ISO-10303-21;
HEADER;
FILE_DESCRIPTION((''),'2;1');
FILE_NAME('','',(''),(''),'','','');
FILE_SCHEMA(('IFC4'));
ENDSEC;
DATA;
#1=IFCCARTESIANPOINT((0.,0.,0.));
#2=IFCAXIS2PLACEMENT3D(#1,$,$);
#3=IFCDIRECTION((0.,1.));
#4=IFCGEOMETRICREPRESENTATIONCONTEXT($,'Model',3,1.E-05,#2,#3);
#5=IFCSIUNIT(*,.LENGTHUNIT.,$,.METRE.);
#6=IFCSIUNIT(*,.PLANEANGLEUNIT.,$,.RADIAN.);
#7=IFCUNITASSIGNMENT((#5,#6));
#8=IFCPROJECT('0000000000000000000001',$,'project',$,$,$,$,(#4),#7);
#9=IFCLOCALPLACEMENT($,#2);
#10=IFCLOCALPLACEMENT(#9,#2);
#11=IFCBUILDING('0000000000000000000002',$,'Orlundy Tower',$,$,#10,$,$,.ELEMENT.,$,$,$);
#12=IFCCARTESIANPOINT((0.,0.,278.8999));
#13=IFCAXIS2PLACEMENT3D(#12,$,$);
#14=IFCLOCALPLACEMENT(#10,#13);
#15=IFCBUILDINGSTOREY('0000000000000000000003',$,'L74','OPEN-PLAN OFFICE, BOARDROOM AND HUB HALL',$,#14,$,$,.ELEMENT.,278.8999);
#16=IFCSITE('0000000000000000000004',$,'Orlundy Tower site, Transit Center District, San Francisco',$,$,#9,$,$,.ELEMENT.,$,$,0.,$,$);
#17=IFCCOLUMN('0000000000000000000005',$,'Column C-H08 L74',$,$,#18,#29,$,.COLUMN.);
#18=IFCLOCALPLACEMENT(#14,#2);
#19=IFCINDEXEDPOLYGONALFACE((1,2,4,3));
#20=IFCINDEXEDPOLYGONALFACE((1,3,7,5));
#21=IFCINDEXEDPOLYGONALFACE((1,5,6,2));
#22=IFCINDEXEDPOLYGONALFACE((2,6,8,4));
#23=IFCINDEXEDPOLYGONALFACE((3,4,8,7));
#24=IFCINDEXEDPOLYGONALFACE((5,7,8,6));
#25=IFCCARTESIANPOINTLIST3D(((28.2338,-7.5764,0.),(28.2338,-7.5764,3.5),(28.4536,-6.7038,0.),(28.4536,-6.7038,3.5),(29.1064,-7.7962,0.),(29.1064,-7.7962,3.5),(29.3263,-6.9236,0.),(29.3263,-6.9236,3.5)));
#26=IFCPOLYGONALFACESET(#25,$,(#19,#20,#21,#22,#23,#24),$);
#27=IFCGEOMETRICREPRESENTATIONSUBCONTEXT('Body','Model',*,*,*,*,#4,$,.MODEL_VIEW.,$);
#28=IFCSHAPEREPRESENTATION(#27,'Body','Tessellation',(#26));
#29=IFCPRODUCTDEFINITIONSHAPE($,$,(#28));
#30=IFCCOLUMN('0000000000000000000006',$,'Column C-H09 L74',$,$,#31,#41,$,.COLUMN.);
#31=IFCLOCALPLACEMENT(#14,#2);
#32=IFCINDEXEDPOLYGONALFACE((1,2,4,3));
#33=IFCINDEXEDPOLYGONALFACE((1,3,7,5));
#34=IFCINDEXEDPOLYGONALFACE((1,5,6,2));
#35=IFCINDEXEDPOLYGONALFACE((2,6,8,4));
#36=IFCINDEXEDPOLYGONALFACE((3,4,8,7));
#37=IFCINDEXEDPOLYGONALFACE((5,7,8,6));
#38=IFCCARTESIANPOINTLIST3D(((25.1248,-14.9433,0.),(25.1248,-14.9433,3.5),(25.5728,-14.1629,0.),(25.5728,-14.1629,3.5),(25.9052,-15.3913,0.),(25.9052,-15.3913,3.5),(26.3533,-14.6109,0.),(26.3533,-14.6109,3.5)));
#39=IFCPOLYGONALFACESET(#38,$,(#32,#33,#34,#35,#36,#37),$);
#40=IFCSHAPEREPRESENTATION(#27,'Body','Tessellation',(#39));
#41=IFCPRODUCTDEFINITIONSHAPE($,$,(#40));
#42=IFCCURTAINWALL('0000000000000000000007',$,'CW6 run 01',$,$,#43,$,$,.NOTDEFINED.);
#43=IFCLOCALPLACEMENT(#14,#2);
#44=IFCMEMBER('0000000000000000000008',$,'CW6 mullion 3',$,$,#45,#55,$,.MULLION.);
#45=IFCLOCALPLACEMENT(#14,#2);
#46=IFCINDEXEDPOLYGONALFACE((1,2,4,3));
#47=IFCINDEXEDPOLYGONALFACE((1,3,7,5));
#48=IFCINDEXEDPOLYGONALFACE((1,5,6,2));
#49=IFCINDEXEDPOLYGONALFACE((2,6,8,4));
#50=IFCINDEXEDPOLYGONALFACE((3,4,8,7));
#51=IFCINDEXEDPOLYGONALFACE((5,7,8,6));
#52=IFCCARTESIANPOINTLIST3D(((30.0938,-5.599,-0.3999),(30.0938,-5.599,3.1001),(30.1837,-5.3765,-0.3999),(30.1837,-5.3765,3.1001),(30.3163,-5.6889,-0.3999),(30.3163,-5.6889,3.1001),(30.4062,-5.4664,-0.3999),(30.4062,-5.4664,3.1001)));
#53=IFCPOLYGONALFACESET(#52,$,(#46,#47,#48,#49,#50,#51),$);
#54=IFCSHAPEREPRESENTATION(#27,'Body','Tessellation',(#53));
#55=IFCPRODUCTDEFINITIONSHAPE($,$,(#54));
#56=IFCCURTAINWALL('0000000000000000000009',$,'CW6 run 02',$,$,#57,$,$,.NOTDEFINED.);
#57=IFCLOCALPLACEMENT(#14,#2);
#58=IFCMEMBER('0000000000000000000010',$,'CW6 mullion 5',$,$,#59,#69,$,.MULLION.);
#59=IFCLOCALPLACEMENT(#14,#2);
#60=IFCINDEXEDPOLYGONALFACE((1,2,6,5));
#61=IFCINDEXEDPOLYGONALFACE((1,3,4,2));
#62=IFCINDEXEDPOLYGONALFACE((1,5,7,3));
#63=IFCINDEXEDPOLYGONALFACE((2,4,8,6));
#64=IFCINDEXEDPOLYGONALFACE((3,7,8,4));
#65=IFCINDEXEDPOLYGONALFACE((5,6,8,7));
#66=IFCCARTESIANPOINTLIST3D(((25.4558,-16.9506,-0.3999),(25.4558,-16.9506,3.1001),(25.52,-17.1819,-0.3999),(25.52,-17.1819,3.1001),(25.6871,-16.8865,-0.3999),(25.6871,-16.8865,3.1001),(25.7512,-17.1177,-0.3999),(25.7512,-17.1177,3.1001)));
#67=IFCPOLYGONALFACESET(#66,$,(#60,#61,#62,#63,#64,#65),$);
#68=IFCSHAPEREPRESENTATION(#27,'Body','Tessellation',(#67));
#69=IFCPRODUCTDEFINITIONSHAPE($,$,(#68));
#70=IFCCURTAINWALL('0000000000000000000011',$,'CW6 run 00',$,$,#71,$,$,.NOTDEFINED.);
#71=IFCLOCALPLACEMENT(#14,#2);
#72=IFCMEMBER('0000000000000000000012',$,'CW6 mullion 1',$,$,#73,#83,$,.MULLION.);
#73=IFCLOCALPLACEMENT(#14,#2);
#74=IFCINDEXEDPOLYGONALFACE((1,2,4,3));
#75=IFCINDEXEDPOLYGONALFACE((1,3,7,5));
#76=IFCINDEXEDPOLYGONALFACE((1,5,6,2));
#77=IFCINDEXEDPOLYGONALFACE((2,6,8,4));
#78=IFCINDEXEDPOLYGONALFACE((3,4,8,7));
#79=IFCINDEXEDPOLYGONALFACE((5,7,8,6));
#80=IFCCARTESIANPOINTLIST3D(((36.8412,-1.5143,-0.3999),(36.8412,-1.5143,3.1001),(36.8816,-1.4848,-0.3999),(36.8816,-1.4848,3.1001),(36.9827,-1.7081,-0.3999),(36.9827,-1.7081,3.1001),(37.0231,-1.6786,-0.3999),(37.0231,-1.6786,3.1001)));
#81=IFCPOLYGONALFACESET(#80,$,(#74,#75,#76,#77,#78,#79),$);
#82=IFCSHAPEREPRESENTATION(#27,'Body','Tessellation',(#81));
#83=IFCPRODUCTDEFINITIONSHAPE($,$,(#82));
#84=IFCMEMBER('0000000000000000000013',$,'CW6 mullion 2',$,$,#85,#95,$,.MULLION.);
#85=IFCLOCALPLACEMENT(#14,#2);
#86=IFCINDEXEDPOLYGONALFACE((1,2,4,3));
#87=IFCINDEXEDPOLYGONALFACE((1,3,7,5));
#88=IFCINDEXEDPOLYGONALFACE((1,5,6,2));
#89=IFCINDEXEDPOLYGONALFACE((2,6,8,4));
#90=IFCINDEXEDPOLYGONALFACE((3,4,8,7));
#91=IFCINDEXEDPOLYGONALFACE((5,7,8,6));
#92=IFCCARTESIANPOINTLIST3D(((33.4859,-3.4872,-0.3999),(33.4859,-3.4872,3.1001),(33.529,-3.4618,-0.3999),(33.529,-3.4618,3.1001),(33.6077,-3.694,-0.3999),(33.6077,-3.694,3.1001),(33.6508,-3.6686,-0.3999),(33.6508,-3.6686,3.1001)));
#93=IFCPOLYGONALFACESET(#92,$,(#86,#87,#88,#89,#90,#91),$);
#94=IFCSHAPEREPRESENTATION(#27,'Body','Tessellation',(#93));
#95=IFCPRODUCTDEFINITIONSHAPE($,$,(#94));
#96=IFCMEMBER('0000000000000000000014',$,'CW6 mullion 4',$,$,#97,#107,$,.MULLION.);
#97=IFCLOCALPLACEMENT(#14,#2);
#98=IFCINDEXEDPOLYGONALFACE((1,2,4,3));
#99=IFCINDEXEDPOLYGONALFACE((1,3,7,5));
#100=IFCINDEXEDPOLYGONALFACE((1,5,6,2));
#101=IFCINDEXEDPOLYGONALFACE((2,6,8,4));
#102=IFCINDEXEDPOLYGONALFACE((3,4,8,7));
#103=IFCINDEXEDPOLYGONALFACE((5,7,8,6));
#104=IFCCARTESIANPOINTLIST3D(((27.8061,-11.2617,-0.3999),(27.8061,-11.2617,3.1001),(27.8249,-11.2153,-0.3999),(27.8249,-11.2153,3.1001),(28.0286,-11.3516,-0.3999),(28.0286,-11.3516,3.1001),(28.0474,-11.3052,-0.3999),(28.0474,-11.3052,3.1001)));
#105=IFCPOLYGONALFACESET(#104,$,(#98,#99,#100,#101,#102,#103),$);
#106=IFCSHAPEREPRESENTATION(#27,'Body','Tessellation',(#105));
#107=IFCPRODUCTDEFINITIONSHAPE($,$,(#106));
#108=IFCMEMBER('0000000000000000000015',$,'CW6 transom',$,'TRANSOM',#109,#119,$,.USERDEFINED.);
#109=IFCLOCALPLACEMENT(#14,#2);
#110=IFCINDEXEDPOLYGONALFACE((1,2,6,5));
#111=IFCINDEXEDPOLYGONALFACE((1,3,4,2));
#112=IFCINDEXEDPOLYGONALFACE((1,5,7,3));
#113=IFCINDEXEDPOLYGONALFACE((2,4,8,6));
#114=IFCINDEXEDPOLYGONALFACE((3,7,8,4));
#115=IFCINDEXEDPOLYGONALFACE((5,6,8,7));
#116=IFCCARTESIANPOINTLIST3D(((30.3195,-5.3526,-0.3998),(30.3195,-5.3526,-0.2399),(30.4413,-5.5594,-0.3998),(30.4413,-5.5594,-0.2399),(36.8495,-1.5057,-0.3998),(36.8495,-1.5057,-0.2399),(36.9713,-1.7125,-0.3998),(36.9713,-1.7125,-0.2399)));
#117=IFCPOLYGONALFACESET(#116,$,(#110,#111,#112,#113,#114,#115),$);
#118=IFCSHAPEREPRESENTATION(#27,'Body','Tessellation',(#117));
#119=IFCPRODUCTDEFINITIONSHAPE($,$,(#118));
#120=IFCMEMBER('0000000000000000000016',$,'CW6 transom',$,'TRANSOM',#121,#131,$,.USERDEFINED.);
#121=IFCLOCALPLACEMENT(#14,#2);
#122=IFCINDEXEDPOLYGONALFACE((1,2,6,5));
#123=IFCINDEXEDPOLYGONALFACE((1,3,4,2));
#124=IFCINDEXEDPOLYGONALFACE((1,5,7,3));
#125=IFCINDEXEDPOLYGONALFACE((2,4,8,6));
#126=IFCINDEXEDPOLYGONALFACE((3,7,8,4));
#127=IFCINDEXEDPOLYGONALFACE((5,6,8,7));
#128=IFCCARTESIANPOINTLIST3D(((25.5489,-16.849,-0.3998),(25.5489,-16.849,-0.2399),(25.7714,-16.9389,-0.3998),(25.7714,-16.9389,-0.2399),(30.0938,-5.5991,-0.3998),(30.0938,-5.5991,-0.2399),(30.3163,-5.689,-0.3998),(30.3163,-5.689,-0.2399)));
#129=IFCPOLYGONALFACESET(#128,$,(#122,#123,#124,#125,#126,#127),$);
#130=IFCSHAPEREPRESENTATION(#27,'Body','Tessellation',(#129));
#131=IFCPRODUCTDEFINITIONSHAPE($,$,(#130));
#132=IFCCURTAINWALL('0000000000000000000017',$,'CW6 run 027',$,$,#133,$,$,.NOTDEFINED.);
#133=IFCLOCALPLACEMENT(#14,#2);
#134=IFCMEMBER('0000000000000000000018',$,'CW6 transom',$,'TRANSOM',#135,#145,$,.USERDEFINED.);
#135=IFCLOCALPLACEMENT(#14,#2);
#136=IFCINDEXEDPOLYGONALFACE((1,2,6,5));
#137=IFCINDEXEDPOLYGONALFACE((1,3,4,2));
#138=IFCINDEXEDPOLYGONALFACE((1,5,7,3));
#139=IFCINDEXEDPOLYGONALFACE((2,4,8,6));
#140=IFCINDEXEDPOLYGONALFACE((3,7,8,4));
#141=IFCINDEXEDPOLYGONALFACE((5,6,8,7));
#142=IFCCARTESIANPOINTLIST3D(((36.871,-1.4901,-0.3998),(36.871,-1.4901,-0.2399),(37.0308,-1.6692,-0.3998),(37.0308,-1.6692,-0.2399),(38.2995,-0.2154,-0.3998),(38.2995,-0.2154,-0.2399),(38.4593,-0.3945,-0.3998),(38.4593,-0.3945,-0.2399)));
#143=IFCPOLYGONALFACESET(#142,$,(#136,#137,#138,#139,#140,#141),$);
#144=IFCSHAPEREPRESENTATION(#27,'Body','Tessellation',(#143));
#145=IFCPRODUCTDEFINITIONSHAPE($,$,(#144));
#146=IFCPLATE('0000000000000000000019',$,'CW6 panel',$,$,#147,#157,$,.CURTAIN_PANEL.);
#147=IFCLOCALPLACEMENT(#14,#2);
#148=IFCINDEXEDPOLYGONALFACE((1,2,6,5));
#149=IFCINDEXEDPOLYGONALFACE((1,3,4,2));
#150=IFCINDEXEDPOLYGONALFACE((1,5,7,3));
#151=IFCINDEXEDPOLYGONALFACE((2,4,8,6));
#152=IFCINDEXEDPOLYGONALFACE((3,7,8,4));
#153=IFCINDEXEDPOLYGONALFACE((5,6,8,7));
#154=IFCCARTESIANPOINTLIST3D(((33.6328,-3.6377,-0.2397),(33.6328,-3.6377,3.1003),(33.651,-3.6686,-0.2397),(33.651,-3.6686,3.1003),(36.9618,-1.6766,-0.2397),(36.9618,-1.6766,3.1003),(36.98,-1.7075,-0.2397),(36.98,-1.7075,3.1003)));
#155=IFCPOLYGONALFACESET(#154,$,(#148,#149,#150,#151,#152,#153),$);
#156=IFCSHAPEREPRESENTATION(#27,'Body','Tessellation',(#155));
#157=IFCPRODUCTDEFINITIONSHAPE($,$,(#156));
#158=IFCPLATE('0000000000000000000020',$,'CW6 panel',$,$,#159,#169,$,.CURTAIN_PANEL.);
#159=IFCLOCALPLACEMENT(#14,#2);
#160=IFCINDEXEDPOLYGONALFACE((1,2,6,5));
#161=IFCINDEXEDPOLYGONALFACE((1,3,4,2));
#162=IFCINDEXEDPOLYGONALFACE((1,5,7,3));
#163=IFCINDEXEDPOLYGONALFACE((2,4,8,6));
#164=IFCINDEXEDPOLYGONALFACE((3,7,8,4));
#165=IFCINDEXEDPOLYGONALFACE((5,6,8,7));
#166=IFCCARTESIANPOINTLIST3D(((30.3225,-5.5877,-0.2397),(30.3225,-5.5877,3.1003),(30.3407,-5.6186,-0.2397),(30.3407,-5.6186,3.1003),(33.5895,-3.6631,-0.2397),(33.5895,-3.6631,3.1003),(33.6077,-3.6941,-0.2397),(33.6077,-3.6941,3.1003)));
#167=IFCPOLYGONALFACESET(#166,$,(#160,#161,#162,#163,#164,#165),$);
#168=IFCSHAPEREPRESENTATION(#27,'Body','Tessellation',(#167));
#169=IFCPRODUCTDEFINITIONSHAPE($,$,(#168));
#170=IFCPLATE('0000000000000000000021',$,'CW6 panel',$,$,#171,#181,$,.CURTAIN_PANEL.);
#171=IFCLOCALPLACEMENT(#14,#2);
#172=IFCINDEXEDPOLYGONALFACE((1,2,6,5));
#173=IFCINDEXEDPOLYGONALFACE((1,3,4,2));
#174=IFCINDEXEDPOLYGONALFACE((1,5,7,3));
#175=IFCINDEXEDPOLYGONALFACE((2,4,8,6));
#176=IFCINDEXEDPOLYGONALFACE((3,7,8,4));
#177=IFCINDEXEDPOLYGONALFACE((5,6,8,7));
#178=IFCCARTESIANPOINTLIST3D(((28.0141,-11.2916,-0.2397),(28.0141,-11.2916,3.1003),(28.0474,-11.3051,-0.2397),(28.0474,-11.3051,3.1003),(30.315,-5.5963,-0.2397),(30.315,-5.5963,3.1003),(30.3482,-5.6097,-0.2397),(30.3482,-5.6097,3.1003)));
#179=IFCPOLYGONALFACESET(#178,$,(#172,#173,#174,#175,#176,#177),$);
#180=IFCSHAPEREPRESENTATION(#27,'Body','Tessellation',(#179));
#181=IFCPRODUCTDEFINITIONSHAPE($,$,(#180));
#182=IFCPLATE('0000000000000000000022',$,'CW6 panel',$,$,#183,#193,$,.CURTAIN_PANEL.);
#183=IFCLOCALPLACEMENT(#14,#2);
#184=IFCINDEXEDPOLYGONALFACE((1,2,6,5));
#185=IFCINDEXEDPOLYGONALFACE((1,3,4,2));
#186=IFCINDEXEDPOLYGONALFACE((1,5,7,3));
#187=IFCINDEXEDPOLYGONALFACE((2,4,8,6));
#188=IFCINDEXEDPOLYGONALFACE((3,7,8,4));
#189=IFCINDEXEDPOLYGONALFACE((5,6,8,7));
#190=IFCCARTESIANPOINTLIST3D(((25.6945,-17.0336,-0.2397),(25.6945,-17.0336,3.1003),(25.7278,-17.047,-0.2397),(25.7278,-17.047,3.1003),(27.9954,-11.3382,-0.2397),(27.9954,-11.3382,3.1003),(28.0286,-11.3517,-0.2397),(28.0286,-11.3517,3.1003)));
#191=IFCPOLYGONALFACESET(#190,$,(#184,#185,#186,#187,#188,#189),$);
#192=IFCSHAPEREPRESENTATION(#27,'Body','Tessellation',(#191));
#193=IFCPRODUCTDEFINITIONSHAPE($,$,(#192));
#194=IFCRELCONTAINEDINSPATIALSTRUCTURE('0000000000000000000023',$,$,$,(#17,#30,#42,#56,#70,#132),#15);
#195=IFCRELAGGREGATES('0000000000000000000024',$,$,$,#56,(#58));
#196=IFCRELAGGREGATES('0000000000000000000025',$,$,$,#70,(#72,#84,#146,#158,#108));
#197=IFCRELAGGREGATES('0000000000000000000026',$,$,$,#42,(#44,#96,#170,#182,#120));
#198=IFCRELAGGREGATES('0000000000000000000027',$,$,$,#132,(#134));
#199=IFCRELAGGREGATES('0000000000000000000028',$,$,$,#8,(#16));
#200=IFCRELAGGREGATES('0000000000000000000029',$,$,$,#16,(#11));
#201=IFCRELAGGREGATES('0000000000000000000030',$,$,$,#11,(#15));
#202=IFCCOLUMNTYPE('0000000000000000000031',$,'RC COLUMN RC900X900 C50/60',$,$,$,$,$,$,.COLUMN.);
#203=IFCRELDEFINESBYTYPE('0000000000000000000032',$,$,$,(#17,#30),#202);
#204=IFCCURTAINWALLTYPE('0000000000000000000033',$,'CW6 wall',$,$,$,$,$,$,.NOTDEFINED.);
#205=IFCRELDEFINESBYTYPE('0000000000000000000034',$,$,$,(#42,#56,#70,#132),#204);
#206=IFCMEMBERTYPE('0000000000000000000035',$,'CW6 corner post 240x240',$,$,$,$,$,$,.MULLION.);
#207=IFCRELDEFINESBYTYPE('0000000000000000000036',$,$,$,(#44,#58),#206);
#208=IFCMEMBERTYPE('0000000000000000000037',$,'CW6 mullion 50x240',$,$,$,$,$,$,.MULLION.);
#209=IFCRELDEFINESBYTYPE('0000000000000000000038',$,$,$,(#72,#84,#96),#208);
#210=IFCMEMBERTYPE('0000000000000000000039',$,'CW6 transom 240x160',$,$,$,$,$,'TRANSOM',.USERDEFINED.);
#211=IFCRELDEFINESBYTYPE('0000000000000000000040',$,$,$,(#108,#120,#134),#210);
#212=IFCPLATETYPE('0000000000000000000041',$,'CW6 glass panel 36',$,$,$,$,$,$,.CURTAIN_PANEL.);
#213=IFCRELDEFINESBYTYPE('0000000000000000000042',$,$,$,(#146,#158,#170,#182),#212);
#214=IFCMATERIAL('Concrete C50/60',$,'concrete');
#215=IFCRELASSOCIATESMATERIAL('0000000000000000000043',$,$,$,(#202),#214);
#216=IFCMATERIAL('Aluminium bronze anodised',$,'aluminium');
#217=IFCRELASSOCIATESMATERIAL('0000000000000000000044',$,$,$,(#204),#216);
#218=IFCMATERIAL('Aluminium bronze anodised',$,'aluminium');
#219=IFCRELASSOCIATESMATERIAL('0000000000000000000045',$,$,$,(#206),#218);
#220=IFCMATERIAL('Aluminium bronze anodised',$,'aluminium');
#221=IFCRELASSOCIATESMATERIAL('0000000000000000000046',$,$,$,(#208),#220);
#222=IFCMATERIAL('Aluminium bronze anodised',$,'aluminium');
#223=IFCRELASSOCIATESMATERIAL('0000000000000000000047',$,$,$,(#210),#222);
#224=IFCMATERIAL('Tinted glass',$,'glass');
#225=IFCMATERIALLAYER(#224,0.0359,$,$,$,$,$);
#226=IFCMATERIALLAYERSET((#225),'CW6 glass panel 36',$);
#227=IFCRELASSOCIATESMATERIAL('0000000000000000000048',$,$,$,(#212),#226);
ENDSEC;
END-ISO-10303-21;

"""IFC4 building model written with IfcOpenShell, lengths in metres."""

from ifc_helpers import new_model, si_unit, direction, frame, origin, origin_2d, place, context, subcontext, project, spatial, rectangle, extrude, material, layer, layer_set, material_profile, profile_set, type_object, element, aggregate, save


model = new_model("IFC4")

# Units and contexts
model_context = context("Model", 3, precision=1e-05, world=origin(), true_north=direction((0.0, 1.0)))
body_context = subcontext(model_context, "Body", "Model", "MODEL_VIEW")
ifc_project = project(units=[si_unit("LENGTHUNIT", "METRE"), si_unit("PLANEANGLEUNIT", "RADIAN")], contexts=[model_context])

# Site, building, storey
site_placement = place(None, origin())
site = spatial("IfcSite", under=ifc_project, at=site_placement, Name="Orlundy Tower site, Transit Center District, San Francisco", CompositionType="ELEMENT", RefElevation=0.0)
building_placement = place(site_placement, origin())
building = spatial("IfcBuilding", under=site, at=building_placement, Name="Orlundy Tower", CompositionType="ELEMENT")
storey_placement = place(building_placement, frame((0.0, 0.0, 278.8999)))
storey = spatial("IfcBuildingStorey", under=building, at=storey_placement, Name="L74", Description="OPEN-PLAN OFFICE, BOARDROOM AND HUB HALL", CompositionType="ELEMENT", Elevation=278.8999)

# Columns
ifc_material_1 = material(Name="Concrete C50/60", Category="concrete")
ifc_material_profile_1 = material_profile(ifc_material_1, rectangle(XDim=0.8999, YDim=0.8999, at=origin_2d()), Name="RC900X900")
ifc_profile_set_1 = profile_set([ifc_material_profile_1], Name="Concrete C50/60")
column_type = type_object("IfcColumnType", Name="RC COLUMN RC900X900 C50/60", PredefinedType="COLUMN", material=ifc_profile_set_1)
for number, where, z_axis, x_axis, name in (
    (1, (28.78, -7.25, 0.0), (0.0, 0.0, 1.0), (0.969706, -0.244275, 0.0), "Column C-H08 L74"),
    (2, (25.739, -14.7771, 0.0), (0.0, 0.0, 1.0), (0.867236, -0.497898, 0.0), "Column C-H09 L74"),
):
    element("IfcColumn", number, at=place(storey_placement, frame(where, z_axis=z_axis, x_axis=x_axis)), inside=storey, type_object=column_type, Name=name, PredefinedType="COLUMN", context=body_context, shape_type="SweptSolid", body=[
        extrude(rectangle(XDim=0.8999, YDim=0.8999, at=origin_2d()), origin(), (0.0, 0.0, 1.0), 3.5),
    ])

# Curtain walls, members
ifc_material_2 = material(Name="Aluminium bronze anodised", Category="aluminium")
curtain_wall_type = type_object("IfcCurtainWallType", Name="CW6 wall", PredefinedType="NOTDEFINED", material=ifc_material_2)
curtain_wall_1_placement = place(storey_placement, origin())
curtain_wall_1 = element("IfcCurtainWall", 3, at=curtain_wall_1_placement, inside=storey, type_object=curtain_wall_type, Name="CW6 run 01", PredefinedType="NOTDEFINED")
ifc_material_3 = material(Name="Aluminium bronze anodised", Category="aluminium")
ifc_material_profile_2 = material_profile(ifc_material_3, rectangle(XDim=0.24, YDim=0.24, at=origin_2d()), Name="CW6 corner post 240x240")
ifc_profile_set_2 = profile_set([ifc_material_profile_2], Name="Aluminium bronze anodised")
member_type_1 = type_object("IfcMemberType", Name="CW6 corner post 240x240", PredefinedType="MULLION", material=ifc_profile_set_2)
member_1_placement = place(storey_placement, frame((30.25, -5.5327, -0.3999), z_axis=(0.0, 0.0, 1.0), x_axis=(0.927195, -0.374578, 0.0)))
member_1 = element("IfcMember", 4, at=member_1_placement, type_object=member_type_1, Name="CW6 mullion 3", PredefinedType="MULLION", context=body_context, shape_type="SweptSolid", body=[
    extrude(rectangle(XDim=0.24, YDim=0.24, at=origin_2d()), origin(), (0.0, 0.0, 1.0), 3.5),
])
curtain_wall_2_placement = place(storey_placement, origin())
curtain_wall_2 = element("IfcCurtainWall", 5, at=curtain_wall_2_placement, inside=storey, type_object=curtain_wall_type, Name="CW6 run 02", PredefinedType="NOTDEFINED")
member_2_placement = place(storey_placement, frame((25.6035, -17.0342, -0.3999), z_axis=(0.0, 0.0, 1.0), x_axis=(0.963626, 0.267256, 0.0)))
member_2 = element("IfcMember", 6, at=member_2_placement, type_object=member_type_1, Name="CW6 mullion 5", PredefinedType="MULLION", context=body_context, shape_type="SweptSolid", body=[
    extrude(rectangle(XDim=0.24, YDim=0.24, at=origin_2d()), origin(), (0.0, 0.0, 1.0), 3.5),
])
aggregate(curtain_wall_2, [member_2])

# Curtain wall, members
curtain_wall_3_placement = place(storey_placement, origin())
curtain_wall_3 = element("IfcCurtainWall", 7, at=curtain_wall_3_placement, inside=storey, type_object=curtain_wall_type, Name="CW6 run 00", PredefinedType="NOTDEFINED")
ifc_material_4 = material(Name="Aluminium bronze anodised", Category="aluminium")
ifc_material_profile_3 = material_profile(ifc_material_4, rectangle(XDim=0.24, YDim=0.05, at=origin_2d()), Name="CW6 mullion 50x240")
ifc_profile_set_3 = profile_set([ifc_material_profile_3], Name="Aluminium bronze anodised")
member_type_2 = type_object("IfcMemberType", Name="CW6 mullion 50x240", PredefinedType="MULLION", material=ifc_profile_set_3)
member_3_placement = place(storey_placement, frame((36.9321, -1.5964, -0.3999), z_axis=(0.0, 0.0, 1.0), x_axis=(0.5895, -0.807768, 0.0)))
member_3 = element("IfcMember", 8, at=member_3_placement, type_object=member_type_2, Name="CW6 mullion 1", PredefinedType="MULLION", context=body_context, shape_type="SweptSolid", body=[
    extrude(rectangle(XDim=0.24, YDim=0.05, at=origin_2d()), origin(), (0.0, 0.0, 1.0), 3.5),
])
member_4_placement = place(storey_placement, frame((33.5684, -3.5779, -0.3999), z_axis=(0.0, 0.0, 1.0), x_axis=(0.507565, -0.861614, 0.0)))
member_4 = element("IfcMember", 9, at=member_4_placement, type_object=member_type_2, Name="CW6 mullion 2", PredefinedType="MULLION", context=body_context, shape_type="SweptSolid", body=[
    extrude(rectangle(XDim=0.24, YDim=0.05, at=origin_2d()), origin(), (0.0, 0.0, 1.0), 3.5),
])

# Members
member_5_placement = place(storey_placement, frame((27.9268, -11.2834, -0.3999), z_axis=(0.0, 0.0, 1.0), x_axis=(0.927195, -0.374578, 0.0)))
member_5 = element("IfcMember", 10, at=member_5_placement, type_object=member_type_2, Name="CW6 mullion 4", PredefinedType="MULLION", context=body_context, shape_type="SweptSolid", body=[
    extrude(rectangle(XDim=0.24, YDim=0.05, at=origin_2d()), origin(), (0.0, 0.0, 1.0), 3.5),
])
ifc_material_5 = material(Name="Aluminium bronze anodised", Category="aluminium")
ifc_material_profile_4 = material_profile(ifc_material_5, rectangle(XDim=0.24, YDim=0.1599, at=origin_2d()), Name="CW6 transom 240x160")
ifc_profile_set_4 = profile_set([ifc_material_profile_4], Name="Aluminium bronze anodised")
member_type_3 = type_object("IfcMemberType", Name="CW6 transom 240x160", ElementType="TRANSOM", PredefinedType="USERDEFINED", material=ifc_profile_set_4)
member_6_placement = place(storey_placement, frame((36.9104, -1.6091, -0.3198), z_axis=(-0.861604, -0.507582, 0.0), x_axis=(0.507582, -0.861604, 0.0)))
member_6 = element("IfcMember", 11, at=member_6_placement, type_object=member_type_3, Name="CW6 transom", ObjectType="TRANSOM", PredefinedType="USERDEFINED", context=body_context, shape_type="SweptSolid", body=[
    extrude(rectangle(XDim=0.24, YDim=0.1599, at=origin_2d()), origin(), (0.0, 0.0, 1.0), 7.5789),
])
member_7_placement = place(storey_placement, frame((30.2051, -5.644, -0.3198), z_axis=(-0.37458, -0.927195, 0.0), x_axis=(0.927195, -0.37458, 0.0)))
member_7 = element("IfcMember", 12, at=member_7_placement, type_object=member_type_3, Name="CW6 transom", ObjectType="TRANSOM", PredefinedType="USERDEFINED", context=body_context, shape_type="SweptSolid", body=[
    extrude(rectangle(XDim=0.24, YDim=0.1599, at=origin_2d()), origin(), (0.0, 0.0, 1.0), 12.1333),
])

# Curtain wall, member
curtain_wall_4_placement = place(storey_placement, origin())
curtain_wall_4 = element("IfcCurtainWall", 13, at=curtain_wall_4_placement, inside=storey, type_object=curtain_wall_type, Name="CW6 run 027", PredefinedType="NOTDEFINED")
member_8_placement = place(storey_placement, frame((38.3794, -0.3049, -0.3198), z_axis=(-0.746134, -0.665795, 0.0), x_axis=(0.665795, -0.746134, 0.0)))
member_8 = element("IfcMember", 14, at=member_8_placement, type_object=member_type_3, Name="CW6 transom", ObjectType="TRANSOM", PredefinedType="USERDEFINED", context=body_context, shape_type="SweptSolid", body=[
    extrude(rectangle(XDim=0.24, YDim=0.1599, at=origin_2d()), origin(), (0.0, 0.0, 1.0), 1.9146),
])

# Plates
ifc_material_6 = material(Name="Tinted glass", Category="glass")
ifc_layer_1 = layer(ifc_material_6, 0.0359)
ifc_layer_set_1 = layer_set([ifc_layer_1], Name="CW6 glass panel 36")
plate_type = type_object("IfcPlateType", Name="CW6 glass panel 36", PredefinedType="CURTAIN_PANEL", material=ifc_layer_set_1)
plate_1_placement = place(storey_placement, frame((35.3064, -2.6726, -0.2397), z_axis=(0.0, 0.0, 1.0), x_axis=(-0.861614, -0.507565, 0.0)))
plate_1 = element("IfcPlate", 15, at=plate_1_placement, type_object=plate_type, Name="CW6 panel", PredefinedType="CURTAIN_PANEL", context=body_context, shape_type="SweptSolid", body=[
    extrude(rectangle(XDim=3.8638, YDim=0.0359, at=origin_2d()), origin(), (0.0, 0.0, 1.0), 3.3401),
])
plate_2_placement = place(storey_placement, frame((31.9651, -4.6409, -0.2397), z_axis=(0.0, 0.0, 1.0), x_axis=(-0.861614, -0.507565, 0.0)))
plate_2 = element("IfcPlate", 16, at=plate_2_placement, type_object=plate_type, Name="CW6 panel", PredefinedType="CURTAIN_PANEL", context=body_context, shape_type="SweptSolid", body=[
    extrude(rectangle(XDim=3.7917, YDim=0.0359, at=origin_2d()), origin(), (0.0, 0.0, 1.0), 3.3401),
])
aggregate(curtain_wall_3, [member_3, member_4, plate_1, plate_2, member_6])
plate_3_placement = place(storey_placement, frame((29.1812, -8.4507, -0.2397), z_axis=(0.0, 0.0, 1.0), x_axis=(-0.374578, -0.927195, 0.0)))
plate_3 = element("IfcPlate", 17, at=plate_3_placement, type_object=plate_type, Name="CW6 panel", PredefinedType="CURTAIN_PANEL", context=body_context, shape_type="SweptSolid", body=[
    extrude(rectangle(XDim=6.1426, YDim=0.0359, at=origin_2d()), origin(), (0.0, 0.0, 1.0), 3.3401),
])
plate_4_placement = place(storey_placement, frame((26.8616, -14.1926, -0.2397), z_axis=(0.0, 0.0, 1.0), x_axis=(-0.374578, -0.927195, 0.0)))
plate_4 = element("IfcPlate", 18, at=plate_4_placement, type_object=plate_type, Name="CW6 panel", PredefinedType="CURTAIN_PANEL", context=body_context, shape_type="SweptSolid", body=[
    extrude(rectangle(XDim=6.1426, YDim=0.0359, at=origin_2d()), origin(), (0.0, 0.0, 1.0), 3.3401),
])
aggregate(curtain_wall_1, [member_1, member_5, plate_3, plate_4, member_7])
aggregate(curtain_wall_4, [member_8])

save(model, "model.ifc")
